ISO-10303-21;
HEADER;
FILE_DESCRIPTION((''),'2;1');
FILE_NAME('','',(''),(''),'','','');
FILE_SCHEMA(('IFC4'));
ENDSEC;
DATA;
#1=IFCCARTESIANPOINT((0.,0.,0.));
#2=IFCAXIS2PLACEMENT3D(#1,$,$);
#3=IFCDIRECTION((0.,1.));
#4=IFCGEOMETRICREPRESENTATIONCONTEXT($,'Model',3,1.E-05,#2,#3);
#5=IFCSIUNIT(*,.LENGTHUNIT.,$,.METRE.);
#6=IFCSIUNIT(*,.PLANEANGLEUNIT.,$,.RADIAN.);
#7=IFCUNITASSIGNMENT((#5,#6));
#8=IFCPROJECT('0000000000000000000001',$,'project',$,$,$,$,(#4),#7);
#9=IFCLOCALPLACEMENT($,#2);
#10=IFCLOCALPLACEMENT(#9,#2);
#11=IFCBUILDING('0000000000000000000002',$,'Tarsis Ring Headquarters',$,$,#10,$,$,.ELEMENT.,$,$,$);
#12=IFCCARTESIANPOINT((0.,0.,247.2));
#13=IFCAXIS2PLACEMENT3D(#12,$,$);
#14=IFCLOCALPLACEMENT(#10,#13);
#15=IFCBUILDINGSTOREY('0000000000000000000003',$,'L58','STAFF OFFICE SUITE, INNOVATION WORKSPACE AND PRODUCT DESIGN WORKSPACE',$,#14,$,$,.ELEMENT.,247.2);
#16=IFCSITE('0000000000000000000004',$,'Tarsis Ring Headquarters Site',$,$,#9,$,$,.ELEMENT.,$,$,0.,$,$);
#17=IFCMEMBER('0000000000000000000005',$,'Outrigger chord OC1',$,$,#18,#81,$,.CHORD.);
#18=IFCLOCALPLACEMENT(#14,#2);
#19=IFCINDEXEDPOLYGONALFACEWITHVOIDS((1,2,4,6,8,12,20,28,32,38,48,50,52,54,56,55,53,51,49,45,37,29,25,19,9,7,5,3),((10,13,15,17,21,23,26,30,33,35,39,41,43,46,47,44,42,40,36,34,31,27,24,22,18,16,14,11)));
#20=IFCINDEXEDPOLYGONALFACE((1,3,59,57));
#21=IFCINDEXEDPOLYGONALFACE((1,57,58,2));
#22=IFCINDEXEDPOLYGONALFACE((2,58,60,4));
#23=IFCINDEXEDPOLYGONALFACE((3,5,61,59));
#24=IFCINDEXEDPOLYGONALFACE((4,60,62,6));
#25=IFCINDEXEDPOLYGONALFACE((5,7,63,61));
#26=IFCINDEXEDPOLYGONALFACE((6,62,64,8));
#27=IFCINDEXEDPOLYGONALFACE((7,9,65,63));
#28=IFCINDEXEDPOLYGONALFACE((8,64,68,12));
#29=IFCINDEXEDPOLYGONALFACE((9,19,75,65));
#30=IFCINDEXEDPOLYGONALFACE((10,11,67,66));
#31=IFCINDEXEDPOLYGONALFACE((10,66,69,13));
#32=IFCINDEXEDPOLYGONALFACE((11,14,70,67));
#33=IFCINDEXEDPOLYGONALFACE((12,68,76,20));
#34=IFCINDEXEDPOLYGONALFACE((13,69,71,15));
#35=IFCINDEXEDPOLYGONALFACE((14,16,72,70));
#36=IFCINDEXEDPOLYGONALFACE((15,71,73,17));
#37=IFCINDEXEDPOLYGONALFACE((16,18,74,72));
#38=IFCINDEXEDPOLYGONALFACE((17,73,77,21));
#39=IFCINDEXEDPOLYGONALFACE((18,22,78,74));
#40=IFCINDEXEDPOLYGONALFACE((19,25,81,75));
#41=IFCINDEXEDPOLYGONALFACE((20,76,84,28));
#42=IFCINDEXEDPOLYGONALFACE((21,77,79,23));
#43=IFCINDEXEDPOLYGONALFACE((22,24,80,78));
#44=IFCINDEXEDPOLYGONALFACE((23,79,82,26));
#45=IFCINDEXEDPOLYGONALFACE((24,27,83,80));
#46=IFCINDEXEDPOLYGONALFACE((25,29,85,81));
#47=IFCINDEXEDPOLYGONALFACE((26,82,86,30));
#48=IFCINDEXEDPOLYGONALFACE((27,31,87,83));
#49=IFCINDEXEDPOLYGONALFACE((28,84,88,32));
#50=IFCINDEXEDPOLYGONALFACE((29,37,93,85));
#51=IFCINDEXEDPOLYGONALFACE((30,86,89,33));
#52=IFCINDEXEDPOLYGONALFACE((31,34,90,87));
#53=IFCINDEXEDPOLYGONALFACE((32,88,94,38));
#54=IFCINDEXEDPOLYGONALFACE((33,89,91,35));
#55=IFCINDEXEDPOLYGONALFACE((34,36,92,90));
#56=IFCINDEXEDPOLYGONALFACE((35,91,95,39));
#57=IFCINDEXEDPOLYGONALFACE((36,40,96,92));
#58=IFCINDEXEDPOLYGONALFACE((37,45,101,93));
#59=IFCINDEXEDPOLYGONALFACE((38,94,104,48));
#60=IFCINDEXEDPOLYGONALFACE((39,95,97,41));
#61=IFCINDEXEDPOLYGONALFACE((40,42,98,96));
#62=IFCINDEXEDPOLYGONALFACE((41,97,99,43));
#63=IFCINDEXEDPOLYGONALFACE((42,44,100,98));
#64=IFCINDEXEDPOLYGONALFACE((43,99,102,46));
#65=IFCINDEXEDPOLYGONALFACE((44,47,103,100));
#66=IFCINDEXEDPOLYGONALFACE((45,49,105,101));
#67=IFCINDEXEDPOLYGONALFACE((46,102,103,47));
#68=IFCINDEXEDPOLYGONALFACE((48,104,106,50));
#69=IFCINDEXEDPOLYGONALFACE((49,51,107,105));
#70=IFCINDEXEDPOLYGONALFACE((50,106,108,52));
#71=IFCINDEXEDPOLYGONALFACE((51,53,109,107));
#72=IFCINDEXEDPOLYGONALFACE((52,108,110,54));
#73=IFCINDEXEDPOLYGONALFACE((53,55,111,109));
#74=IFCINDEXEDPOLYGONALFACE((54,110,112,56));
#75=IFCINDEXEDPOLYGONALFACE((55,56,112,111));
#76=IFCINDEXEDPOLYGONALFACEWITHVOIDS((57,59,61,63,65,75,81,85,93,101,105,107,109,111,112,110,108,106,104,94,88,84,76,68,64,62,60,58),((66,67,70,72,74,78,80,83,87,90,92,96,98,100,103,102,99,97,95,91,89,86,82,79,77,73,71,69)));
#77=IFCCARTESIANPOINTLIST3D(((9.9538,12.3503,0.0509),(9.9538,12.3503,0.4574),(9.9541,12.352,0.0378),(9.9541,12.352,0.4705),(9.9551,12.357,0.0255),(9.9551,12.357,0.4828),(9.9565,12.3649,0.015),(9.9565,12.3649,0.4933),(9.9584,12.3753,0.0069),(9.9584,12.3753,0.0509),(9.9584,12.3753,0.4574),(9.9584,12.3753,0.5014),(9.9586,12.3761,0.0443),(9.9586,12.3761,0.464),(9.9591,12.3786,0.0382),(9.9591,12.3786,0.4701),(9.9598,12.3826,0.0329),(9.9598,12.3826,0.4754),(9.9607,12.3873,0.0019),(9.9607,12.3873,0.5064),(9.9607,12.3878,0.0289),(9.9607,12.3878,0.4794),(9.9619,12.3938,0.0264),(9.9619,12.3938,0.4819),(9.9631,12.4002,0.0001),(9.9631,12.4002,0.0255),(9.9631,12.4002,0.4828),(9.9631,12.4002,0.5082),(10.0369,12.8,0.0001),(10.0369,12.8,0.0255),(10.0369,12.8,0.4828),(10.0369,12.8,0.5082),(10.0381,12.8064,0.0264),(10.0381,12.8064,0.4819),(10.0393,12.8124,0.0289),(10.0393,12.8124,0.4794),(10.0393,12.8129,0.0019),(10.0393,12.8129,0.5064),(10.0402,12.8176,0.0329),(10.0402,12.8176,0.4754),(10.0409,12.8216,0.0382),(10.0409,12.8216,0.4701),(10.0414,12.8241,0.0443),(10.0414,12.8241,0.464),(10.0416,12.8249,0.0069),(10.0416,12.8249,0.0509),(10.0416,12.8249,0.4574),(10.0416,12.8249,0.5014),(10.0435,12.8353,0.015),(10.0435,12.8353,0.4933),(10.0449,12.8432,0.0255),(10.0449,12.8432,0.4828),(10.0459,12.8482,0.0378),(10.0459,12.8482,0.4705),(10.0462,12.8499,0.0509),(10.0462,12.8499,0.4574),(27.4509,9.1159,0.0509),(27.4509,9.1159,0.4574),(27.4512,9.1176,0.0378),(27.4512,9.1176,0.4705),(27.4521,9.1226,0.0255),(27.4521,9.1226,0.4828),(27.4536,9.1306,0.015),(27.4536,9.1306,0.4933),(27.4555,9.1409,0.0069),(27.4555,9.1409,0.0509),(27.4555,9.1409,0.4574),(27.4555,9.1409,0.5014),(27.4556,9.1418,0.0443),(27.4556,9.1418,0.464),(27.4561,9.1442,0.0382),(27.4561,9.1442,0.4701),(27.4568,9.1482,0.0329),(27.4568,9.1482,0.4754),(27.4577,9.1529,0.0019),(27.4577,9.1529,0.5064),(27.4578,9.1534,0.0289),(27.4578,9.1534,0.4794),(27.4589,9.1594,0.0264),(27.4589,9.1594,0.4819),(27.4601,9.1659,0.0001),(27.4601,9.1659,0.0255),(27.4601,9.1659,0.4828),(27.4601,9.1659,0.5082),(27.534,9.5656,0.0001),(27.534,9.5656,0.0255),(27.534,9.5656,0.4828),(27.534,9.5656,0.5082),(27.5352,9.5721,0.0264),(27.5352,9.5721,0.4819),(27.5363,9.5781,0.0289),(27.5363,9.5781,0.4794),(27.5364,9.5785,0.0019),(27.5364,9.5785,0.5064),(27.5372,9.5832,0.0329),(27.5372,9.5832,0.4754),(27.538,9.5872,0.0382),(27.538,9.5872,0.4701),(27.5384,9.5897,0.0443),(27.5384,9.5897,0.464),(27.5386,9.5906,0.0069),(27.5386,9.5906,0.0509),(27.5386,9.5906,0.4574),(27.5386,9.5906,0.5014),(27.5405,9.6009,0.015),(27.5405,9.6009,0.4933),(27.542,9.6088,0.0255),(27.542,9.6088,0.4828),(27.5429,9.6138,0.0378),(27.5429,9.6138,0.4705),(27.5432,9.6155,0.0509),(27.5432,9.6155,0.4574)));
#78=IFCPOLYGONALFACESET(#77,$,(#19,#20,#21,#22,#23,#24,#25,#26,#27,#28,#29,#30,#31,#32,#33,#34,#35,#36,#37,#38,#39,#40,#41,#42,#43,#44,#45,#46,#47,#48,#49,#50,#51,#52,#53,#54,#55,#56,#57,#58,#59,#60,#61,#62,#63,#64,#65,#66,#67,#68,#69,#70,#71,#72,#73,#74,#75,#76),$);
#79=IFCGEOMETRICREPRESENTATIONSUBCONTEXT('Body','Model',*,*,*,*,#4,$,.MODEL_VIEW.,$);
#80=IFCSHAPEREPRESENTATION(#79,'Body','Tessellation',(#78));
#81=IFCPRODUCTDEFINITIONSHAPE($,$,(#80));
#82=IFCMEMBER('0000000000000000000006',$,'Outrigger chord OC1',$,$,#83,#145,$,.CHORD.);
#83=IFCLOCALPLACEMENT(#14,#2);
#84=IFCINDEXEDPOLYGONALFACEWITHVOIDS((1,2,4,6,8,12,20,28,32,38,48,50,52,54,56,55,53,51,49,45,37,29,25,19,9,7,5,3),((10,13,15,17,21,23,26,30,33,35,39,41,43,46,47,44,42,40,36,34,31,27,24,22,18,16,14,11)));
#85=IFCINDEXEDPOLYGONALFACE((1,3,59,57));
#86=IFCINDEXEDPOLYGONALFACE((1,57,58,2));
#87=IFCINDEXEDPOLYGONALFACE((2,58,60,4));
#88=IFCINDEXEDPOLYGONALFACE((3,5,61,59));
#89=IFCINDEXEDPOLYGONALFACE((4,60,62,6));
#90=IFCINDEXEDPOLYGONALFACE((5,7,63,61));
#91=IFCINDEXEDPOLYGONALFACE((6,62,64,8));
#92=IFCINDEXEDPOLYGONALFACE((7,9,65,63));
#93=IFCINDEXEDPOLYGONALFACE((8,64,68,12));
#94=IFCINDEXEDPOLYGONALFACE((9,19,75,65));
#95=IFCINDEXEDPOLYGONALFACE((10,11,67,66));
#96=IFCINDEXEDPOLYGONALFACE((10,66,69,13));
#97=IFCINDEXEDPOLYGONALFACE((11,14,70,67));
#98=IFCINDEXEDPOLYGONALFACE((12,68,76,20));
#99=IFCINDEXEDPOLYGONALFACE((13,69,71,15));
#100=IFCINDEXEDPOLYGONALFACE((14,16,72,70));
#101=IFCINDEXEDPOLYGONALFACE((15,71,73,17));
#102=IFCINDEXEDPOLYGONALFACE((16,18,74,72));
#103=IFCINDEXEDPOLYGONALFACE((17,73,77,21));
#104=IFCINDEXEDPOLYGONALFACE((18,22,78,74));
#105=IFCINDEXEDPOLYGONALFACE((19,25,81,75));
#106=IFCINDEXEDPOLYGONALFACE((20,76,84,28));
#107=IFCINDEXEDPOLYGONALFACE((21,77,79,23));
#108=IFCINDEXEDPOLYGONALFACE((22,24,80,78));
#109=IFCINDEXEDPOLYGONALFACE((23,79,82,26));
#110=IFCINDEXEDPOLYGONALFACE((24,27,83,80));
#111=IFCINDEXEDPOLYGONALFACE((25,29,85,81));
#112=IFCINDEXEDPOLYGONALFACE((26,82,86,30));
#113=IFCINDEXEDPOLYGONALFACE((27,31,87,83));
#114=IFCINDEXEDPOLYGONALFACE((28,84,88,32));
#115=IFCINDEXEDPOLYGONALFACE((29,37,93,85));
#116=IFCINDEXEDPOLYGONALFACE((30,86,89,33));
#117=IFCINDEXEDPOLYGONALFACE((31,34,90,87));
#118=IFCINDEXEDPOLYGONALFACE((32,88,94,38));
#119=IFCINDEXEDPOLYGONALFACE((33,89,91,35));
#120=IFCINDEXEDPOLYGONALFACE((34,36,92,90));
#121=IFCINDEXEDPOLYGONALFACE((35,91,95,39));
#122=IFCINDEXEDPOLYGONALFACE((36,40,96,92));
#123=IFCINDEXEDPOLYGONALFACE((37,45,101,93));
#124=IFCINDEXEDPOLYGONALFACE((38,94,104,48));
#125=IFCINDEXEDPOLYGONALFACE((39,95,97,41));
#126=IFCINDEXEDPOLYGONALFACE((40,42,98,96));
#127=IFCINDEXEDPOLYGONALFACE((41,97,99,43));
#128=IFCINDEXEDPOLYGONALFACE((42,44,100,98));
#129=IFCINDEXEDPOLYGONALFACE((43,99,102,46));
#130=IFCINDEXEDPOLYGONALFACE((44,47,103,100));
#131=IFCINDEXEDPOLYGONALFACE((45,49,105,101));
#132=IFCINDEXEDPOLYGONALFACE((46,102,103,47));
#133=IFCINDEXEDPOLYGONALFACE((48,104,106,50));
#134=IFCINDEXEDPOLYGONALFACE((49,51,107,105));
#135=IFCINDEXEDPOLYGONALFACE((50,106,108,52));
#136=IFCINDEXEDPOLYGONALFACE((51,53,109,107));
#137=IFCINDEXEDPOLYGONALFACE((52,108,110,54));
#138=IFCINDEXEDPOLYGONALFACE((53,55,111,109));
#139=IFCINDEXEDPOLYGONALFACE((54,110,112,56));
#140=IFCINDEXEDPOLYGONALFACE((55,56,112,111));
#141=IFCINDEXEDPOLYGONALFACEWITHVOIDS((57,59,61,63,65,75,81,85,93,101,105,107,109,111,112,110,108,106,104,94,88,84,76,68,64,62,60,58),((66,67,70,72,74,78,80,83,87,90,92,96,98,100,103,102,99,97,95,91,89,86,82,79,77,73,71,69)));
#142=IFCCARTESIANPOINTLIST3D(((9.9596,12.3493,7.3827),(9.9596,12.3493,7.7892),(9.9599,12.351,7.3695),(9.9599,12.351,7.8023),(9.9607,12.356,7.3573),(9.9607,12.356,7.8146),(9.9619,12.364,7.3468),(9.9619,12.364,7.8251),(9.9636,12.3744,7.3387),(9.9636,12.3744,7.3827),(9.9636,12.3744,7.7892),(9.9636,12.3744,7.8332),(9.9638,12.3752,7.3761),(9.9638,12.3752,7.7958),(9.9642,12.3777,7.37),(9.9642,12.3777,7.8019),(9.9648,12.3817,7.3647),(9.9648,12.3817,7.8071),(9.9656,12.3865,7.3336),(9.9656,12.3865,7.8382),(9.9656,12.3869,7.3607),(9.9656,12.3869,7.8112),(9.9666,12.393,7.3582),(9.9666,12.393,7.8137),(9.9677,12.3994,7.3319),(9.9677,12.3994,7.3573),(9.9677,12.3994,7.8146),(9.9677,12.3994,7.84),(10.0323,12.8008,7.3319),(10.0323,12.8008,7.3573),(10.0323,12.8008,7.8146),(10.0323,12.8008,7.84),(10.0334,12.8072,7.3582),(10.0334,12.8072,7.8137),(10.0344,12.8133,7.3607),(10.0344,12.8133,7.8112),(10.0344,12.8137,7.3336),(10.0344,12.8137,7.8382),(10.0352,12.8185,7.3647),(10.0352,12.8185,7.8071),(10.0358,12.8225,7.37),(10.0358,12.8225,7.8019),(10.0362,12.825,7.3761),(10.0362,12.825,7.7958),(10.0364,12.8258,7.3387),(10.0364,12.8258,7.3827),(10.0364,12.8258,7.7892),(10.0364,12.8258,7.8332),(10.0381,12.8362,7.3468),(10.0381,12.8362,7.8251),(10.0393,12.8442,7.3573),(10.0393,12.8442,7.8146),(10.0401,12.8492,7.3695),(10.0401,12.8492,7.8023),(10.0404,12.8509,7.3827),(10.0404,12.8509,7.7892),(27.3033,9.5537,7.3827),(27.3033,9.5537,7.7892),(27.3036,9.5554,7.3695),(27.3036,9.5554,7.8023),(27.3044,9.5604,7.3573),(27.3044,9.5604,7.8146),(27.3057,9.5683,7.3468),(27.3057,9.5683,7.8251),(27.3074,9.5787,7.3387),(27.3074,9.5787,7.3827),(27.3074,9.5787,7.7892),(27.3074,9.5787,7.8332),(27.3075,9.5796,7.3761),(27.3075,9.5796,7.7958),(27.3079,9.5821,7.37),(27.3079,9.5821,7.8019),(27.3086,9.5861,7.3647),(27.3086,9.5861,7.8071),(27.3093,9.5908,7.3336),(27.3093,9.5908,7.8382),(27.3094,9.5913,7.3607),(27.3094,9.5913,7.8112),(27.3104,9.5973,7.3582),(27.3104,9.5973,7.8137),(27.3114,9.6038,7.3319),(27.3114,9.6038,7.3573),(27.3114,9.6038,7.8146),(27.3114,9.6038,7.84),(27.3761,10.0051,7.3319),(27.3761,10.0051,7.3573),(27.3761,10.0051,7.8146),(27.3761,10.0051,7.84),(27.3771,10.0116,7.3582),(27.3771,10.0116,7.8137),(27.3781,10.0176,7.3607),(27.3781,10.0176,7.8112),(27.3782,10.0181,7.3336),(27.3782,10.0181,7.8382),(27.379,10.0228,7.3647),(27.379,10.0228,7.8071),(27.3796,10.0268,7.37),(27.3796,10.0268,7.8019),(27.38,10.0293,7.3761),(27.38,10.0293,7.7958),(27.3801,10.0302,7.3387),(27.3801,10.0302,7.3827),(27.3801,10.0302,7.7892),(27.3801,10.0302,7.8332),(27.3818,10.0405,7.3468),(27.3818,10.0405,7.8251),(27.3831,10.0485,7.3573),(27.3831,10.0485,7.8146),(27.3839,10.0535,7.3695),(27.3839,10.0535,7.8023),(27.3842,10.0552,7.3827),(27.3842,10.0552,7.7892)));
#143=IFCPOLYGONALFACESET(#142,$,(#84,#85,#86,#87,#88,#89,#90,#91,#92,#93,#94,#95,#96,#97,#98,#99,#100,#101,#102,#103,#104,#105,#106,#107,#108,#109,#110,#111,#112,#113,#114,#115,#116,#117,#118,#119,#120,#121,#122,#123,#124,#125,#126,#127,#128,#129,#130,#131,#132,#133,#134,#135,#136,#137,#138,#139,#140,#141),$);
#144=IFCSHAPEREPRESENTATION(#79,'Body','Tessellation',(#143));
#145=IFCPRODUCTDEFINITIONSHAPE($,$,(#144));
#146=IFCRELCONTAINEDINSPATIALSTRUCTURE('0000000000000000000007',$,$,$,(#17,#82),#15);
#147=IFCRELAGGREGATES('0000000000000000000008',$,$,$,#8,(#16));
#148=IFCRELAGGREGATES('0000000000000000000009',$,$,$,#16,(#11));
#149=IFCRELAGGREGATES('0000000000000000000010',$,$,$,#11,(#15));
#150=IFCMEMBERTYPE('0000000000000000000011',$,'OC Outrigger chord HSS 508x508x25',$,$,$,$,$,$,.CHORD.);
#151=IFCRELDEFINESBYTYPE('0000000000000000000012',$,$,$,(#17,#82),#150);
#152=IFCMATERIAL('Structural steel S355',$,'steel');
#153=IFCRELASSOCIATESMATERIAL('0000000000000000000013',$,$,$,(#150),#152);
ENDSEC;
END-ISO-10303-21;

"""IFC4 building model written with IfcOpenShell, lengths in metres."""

from ifc_helpers import new_model, si_unit, direction, frame, origin, origin_2d, place, context, subcontext, project, spatial, hollow_rectangle, extrude, material, material_profile, profile_set, type_object, element, save


model = new_model("IFC4")

# Units and contexts
model_context = context("Model", 3, precision=1e-05, world=origin(), true_north=direction((0.0, 1.0)))
body_context = subcontext(model_context, "Body", "Model", "MODEL_VIEW")
ifc_project = project(units=[si_unit("LENGTHUNIT", "METRE"), si_unit("PLANEANGLEUNIT", "RADIAN")], contexts=[model_context])

# Site, building, storey
site_placement = place(None, origin())
site = spatial("IfcSite", under=ifc_project, at=site_placement, Name="Tarsis Ring Headquarters Site", CompositionType="ELEMENT", RefElevation=0.0)
building_placement = place(site_placement, origin())
building = spatial("IfcBuilding", under=site, at=building_placement, Name="Tarsis Ring Headquarters", CompositionType="ELEMENT")
storey_placement = place(building_placement, frame((0.0, 0.0, 247.2)))
storey = spatial("IfcBuildingStorey", under=building, at=storey_placement, Name="L58", Description="STAFF OFFICE SUITE, INNOVATION WORKSPACE AND PRODUCT DESIGN WORKSPACE", CompositionType="ELEMENT", Elevation=247.2)

# Members
ifc_material_1 = material(Name="Structural steel S355", Category="steel")
ifc_material_profile_1 = material_profile(ifc_material_1, hollow_rectangle(XDim=0.5081, YDim=0.5081, WallThickness=0.0254, InnerFilletRadius=0.0254, OuterFilletRadius=0.0508, at=origin_2d()), Name="HSS 508x508x25")
ifc_profile_set_1 = profile_set([ifc_material_profile_1], Name="Structural steel S355")
member_type_1 = type_object("IfcMemberType", Name="OC Outrigger chord HSS 508x508x25", PredefinedType="CHORD", material=ifc_profile_set_1)
member_1_placement = place(storey_placement, frame((10.0, 12.6001, 0.2542), z_axis=(0.983341, -0.181773, 0.0), x_axis=(0.181773, 0.983341, 0.0)))
element("IfcMember", 1, at=member_1_placement, inside=storey, type_object=member_type_1, Name="Outrigger chord OC1", PredefinedType="CHORD", context=body_context, shape_type="SweptSolid", body=[
    extrude(hollow_rectangle(XDim=0.5081, YDim=0.5081, WallThickness=0.0254, InnerFilletRadius=0.0254, OuterFilletRadius=0.0508, at=origin_2d()), origin(), (0.0, 0.0, 1.0), 17.7935),
])
member_2_placement = place(storey_placement, frame((10.0, 12.6001, 7.5859), z_axis=(0.987257, -0.159137, 0.0), x_axis=(0.159137, 0.987257, 0.0)))
element("IfcMember", 2, at=member_2_placement, inside=storey, type_object=member_type_1, Name="Outrigger chord OC1", PredefinedType="CHORD", context=body_context, shape_type="SweptSolid", body=[
    extrude(hollow_rectangle(XDim=0.5081, YDim=0.5081, WallThickness=0.0254, InnerFilletRadius=0.0254, OuterFilletRadius=0.0508, at=origin_2d()), origin(), (0.0, 0.0, 1.0), 17.5676),
])

save(model, "model.ifc")
